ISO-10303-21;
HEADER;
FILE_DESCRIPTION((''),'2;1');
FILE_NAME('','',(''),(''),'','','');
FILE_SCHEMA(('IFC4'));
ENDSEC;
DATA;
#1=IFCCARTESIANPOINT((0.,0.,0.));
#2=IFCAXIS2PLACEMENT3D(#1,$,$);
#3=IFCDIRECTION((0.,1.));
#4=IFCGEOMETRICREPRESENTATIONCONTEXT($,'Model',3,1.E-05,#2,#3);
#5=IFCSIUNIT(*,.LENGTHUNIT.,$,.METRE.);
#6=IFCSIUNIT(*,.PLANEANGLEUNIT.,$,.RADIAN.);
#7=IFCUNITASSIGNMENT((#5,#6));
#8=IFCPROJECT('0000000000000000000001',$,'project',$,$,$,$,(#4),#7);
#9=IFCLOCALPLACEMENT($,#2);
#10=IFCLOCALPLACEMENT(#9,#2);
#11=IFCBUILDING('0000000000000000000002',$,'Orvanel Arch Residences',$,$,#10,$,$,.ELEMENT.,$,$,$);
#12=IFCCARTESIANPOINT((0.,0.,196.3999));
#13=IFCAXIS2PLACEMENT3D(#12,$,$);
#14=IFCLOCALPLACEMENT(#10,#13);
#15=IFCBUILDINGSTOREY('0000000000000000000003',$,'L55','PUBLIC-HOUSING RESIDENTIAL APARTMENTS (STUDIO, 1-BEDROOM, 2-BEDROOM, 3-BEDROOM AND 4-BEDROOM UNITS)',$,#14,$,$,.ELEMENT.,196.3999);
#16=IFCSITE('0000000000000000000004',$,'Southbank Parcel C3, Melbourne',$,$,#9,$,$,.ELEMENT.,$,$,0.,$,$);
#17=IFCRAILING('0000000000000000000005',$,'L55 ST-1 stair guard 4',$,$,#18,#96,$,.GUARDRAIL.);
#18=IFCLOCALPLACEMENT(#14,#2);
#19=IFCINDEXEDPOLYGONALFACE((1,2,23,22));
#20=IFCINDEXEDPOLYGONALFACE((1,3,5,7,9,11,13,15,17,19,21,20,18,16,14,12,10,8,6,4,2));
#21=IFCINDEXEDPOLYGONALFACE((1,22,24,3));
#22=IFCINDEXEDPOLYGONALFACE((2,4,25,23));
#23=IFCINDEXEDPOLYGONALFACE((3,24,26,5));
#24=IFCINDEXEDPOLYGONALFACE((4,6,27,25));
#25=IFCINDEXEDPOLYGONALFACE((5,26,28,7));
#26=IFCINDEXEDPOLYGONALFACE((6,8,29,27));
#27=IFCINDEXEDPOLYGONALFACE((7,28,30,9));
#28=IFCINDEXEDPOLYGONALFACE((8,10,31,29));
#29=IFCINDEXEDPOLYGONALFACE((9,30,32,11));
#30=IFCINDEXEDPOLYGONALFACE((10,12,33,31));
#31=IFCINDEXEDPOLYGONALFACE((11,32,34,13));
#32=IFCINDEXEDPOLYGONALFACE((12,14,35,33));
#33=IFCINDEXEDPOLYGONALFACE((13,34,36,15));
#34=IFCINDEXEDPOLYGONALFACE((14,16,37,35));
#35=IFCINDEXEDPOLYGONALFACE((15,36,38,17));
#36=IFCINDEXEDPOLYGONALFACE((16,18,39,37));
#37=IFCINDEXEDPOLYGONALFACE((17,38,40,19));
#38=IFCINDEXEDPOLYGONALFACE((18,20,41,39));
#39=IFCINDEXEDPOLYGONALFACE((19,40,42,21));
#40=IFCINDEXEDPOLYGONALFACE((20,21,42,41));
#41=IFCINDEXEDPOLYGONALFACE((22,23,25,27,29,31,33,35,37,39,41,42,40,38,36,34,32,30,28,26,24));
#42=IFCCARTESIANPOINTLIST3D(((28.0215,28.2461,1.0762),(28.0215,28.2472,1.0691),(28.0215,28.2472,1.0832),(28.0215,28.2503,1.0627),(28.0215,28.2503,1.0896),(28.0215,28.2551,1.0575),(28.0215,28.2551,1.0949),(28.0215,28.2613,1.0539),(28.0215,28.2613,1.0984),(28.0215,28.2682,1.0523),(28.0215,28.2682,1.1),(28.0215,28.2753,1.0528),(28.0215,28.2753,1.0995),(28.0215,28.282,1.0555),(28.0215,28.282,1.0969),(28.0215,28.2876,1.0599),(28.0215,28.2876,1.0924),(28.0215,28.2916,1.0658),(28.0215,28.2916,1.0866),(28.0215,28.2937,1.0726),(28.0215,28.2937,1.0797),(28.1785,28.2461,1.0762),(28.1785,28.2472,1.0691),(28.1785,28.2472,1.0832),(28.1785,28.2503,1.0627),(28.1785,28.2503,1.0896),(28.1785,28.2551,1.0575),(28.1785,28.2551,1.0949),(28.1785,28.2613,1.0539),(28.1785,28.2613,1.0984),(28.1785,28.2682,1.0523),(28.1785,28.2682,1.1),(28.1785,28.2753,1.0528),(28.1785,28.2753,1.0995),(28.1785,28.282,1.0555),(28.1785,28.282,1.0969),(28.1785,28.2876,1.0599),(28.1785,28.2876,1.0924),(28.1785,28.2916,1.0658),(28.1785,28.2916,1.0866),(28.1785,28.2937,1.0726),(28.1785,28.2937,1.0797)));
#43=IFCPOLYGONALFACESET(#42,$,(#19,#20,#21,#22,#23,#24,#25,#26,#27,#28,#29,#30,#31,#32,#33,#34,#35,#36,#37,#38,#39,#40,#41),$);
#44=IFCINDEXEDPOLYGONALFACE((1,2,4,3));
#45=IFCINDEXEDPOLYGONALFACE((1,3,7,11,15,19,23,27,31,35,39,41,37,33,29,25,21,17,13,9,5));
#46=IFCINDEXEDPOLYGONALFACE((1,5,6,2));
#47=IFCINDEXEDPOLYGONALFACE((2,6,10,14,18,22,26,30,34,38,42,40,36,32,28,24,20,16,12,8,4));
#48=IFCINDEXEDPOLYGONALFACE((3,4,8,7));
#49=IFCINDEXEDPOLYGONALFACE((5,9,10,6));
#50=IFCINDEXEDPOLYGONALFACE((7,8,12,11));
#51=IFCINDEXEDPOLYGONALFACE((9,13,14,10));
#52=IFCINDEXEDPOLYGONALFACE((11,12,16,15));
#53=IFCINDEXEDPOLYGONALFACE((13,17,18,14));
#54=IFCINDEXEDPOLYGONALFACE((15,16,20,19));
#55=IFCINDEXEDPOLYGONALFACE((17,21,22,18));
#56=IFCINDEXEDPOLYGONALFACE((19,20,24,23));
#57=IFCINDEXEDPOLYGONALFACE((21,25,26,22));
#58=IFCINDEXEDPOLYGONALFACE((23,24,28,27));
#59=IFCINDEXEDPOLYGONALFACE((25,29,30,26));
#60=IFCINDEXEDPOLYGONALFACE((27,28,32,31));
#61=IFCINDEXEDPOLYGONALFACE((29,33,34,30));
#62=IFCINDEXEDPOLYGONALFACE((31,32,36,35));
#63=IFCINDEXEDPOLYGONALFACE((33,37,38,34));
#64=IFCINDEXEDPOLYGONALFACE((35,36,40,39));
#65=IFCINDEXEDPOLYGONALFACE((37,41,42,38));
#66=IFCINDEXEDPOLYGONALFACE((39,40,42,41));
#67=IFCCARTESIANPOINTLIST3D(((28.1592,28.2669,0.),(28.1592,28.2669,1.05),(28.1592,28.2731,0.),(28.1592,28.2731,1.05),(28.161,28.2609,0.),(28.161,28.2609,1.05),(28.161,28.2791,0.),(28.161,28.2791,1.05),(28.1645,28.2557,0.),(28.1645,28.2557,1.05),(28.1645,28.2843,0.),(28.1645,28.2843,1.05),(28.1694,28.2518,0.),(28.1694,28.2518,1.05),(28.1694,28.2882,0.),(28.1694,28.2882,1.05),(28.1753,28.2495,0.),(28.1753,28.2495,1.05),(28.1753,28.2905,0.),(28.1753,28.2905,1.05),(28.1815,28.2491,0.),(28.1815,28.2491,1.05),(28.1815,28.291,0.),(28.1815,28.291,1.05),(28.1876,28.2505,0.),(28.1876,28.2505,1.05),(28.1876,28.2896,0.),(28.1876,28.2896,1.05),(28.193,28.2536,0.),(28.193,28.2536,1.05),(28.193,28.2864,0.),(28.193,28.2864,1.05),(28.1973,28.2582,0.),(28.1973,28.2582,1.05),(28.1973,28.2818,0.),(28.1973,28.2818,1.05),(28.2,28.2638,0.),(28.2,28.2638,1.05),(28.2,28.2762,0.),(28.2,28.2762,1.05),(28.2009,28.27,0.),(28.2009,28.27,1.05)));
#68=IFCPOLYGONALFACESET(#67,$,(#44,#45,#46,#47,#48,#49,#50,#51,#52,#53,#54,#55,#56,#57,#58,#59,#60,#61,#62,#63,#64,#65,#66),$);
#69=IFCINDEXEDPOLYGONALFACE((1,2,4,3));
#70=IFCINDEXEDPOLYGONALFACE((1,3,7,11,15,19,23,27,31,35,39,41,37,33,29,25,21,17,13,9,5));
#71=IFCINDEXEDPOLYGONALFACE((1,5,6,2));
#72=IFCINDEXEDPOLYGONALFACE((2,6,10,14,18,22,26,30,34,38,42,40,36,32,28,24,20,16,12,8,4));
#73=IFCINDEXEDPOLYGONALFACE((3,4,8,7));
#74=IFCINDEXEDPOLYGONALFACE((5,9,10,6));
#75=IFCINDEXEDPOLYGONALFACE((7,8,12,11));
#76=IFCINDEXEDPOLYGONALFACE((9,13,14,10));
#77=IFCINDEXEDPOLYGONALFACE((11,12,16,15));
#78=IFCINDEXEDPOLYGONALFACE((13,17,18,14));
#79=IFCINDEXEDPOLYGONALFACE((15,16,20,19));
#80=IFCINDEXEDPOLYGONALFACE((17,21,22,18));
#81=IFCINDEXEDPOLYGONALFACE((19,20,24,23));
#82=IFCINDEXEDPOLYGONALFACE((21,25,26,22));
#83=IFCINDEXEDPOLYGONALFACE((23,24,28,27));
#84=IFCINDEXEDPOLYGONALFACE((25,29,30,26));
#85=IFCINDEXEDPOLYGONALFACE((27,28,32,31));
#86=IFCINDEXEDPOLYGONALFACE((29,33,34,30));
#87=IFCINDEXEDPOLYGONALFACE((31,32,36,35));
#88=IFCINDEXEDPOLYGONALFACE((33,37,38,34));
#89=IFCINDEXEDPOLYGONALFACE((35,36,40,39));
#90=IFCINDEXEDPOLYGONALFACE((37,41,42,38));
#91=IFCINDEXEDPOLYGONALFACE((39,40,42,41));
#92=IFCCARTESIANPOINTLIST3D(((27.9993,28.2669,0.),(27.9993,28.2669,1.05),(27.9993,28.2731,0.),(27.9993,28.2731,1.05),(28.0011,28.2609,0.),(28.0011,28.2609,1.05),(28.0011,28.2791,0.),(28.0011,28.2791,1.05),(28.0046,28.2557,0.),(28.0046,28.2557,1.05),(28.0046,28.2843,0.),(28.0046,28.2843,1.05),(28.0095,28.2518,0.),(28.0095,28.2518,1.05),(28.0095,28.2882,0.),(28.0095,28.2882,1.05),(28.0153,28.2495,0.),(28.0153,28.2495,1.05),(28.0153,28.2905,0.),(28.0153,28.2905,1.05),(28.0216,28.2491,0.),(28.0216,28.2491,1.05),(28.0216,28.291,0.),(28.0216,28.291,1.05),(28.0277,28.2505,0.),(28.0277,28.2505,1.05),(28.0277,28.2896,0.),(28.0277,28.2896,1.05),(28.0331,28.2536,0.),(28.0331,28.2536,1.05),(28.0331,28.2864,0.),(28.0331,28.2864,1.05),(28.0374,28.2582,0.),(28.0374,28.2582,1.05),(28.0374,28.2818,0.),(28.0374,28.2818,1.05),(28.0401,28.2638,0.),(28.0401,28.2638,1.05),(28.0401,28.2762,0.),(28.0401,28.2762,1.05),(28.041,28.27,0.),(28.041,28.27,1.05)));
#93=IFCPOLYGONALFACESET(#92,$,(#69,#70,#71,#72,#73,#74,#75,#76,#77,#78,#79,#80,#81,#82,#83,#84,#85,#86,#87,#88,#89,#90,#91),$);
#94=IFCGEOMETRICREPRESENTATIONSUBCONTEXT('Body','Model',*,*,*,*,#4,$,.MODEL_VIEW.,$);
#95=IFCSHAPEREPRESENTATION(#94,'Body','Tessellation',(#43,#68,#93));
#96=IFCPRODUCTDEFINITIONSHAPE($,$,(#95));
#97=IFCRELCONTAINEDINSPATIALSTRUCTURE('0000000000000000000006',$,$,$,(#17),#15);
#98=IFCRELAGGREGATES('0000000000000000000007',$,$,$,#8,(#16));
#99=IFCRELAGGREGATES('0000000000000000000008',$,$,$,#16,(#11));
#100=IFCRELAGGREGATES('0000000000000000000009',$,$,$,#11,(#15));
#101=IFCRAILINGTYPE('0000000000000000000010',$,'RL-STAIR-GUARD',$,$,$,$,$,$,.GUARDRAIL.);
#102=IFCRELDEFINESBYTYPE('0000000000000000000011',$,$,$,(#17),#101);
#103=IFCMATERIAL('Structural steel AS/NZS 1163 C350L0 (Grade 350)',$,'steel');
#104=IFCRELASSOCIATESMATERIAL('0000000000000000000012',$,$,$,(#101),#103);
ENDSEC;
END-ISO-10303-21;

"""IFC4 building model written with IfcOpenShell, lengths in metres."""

from ifc_helpers import new_model, si_unit, direction, frame, origin, origin_2d, place, context, subcontext, project, spatial, circle, extrude, material, type_object, element, save


model = new_model("IFC4")

# Units and contexts
model_context = context("Model", 3, precision=1e-05, world=origin(), true_north=direction((0.0, 1.0)))
body_context = subcontext(model_context, "Body", "Model", "MODEL_VIEW")
ifc_project = project(units=[si_unit("LENGTHUNIT", "METRE"), si_unit("PLANEANGLEUNIT", "RADIAN")], contexts=[model_context])

# Site, building, storey
site_placement = place(None, origin())
site = spatial("IfcSite", under=ifc_project, at=site_placement, Name="Southbank Parcel C3, Melbourne", CompositionType="ELEMENT", RefElevation=0.0)
building_placement = place(site_placement, origin())
building = spatial("IfcBuilding", under=site, at=building_placement, Name="Orvanel Arch Residences", CompositionType="ELEMENT")
storey_placement = place(building_placement, frame((0.0, 0.0, 196.3999)))
storey = spatial("IfcBuildingStorey", under=building, at=storey_placement, Name="L55", Description="PUBLIC-HOUSING RESIDENTIAL APARTMENTS (STUDIO, 1-BEDROOM, 2-BEDROOM, 3-BEDROOM AND 4-BEDROOM UNITS)", CompositionType="ELEMENT", Elevation=196.3999)

# Railing
ifc_material_1 = material(Name="Structural steel AS/NZS 1163 C350L0 (Grade 350)", Category="steel")
railing_type_1 = type_object("IfcRailingType", Name="RL-STAIR-GUARD", PredefinedType="GUARDRAIL", material=ifc_material_1)
railing_1_placement = place(storey_placement, frame((28.1799, 28.27, 0.0)))
element("IfcRailing", 1, at=railing_1_placement, inside=storey, type_object=railing_type_1, Name="L55 ST-1 stair guard 4", PredefinedType="GUARDRAIL", context=body_context, shape_type="SweptSolid", body=[
    extrude(circle(Radius=0.0239, at=origin_2d()), frame((-0.0015, 0.0, 1.0762), z_axis=(-1.0, 0.0, 0.0), x_axis=(0.0, -1.0, 0.0)), (0.0, 0.0, 1.0), 0.157),
    extrude(circle(Radius=0.021, at=origin_2d()), origin(), (0.0, 0.0, 1.0), 1.05),
    extrude(circle(Radius=0.021, at=origin_2d()), frame((-0.1599, 0.0, 0.0)), (0.0, 0.0, 1.0), 1.05),
])

save(model, "model.ifc")
